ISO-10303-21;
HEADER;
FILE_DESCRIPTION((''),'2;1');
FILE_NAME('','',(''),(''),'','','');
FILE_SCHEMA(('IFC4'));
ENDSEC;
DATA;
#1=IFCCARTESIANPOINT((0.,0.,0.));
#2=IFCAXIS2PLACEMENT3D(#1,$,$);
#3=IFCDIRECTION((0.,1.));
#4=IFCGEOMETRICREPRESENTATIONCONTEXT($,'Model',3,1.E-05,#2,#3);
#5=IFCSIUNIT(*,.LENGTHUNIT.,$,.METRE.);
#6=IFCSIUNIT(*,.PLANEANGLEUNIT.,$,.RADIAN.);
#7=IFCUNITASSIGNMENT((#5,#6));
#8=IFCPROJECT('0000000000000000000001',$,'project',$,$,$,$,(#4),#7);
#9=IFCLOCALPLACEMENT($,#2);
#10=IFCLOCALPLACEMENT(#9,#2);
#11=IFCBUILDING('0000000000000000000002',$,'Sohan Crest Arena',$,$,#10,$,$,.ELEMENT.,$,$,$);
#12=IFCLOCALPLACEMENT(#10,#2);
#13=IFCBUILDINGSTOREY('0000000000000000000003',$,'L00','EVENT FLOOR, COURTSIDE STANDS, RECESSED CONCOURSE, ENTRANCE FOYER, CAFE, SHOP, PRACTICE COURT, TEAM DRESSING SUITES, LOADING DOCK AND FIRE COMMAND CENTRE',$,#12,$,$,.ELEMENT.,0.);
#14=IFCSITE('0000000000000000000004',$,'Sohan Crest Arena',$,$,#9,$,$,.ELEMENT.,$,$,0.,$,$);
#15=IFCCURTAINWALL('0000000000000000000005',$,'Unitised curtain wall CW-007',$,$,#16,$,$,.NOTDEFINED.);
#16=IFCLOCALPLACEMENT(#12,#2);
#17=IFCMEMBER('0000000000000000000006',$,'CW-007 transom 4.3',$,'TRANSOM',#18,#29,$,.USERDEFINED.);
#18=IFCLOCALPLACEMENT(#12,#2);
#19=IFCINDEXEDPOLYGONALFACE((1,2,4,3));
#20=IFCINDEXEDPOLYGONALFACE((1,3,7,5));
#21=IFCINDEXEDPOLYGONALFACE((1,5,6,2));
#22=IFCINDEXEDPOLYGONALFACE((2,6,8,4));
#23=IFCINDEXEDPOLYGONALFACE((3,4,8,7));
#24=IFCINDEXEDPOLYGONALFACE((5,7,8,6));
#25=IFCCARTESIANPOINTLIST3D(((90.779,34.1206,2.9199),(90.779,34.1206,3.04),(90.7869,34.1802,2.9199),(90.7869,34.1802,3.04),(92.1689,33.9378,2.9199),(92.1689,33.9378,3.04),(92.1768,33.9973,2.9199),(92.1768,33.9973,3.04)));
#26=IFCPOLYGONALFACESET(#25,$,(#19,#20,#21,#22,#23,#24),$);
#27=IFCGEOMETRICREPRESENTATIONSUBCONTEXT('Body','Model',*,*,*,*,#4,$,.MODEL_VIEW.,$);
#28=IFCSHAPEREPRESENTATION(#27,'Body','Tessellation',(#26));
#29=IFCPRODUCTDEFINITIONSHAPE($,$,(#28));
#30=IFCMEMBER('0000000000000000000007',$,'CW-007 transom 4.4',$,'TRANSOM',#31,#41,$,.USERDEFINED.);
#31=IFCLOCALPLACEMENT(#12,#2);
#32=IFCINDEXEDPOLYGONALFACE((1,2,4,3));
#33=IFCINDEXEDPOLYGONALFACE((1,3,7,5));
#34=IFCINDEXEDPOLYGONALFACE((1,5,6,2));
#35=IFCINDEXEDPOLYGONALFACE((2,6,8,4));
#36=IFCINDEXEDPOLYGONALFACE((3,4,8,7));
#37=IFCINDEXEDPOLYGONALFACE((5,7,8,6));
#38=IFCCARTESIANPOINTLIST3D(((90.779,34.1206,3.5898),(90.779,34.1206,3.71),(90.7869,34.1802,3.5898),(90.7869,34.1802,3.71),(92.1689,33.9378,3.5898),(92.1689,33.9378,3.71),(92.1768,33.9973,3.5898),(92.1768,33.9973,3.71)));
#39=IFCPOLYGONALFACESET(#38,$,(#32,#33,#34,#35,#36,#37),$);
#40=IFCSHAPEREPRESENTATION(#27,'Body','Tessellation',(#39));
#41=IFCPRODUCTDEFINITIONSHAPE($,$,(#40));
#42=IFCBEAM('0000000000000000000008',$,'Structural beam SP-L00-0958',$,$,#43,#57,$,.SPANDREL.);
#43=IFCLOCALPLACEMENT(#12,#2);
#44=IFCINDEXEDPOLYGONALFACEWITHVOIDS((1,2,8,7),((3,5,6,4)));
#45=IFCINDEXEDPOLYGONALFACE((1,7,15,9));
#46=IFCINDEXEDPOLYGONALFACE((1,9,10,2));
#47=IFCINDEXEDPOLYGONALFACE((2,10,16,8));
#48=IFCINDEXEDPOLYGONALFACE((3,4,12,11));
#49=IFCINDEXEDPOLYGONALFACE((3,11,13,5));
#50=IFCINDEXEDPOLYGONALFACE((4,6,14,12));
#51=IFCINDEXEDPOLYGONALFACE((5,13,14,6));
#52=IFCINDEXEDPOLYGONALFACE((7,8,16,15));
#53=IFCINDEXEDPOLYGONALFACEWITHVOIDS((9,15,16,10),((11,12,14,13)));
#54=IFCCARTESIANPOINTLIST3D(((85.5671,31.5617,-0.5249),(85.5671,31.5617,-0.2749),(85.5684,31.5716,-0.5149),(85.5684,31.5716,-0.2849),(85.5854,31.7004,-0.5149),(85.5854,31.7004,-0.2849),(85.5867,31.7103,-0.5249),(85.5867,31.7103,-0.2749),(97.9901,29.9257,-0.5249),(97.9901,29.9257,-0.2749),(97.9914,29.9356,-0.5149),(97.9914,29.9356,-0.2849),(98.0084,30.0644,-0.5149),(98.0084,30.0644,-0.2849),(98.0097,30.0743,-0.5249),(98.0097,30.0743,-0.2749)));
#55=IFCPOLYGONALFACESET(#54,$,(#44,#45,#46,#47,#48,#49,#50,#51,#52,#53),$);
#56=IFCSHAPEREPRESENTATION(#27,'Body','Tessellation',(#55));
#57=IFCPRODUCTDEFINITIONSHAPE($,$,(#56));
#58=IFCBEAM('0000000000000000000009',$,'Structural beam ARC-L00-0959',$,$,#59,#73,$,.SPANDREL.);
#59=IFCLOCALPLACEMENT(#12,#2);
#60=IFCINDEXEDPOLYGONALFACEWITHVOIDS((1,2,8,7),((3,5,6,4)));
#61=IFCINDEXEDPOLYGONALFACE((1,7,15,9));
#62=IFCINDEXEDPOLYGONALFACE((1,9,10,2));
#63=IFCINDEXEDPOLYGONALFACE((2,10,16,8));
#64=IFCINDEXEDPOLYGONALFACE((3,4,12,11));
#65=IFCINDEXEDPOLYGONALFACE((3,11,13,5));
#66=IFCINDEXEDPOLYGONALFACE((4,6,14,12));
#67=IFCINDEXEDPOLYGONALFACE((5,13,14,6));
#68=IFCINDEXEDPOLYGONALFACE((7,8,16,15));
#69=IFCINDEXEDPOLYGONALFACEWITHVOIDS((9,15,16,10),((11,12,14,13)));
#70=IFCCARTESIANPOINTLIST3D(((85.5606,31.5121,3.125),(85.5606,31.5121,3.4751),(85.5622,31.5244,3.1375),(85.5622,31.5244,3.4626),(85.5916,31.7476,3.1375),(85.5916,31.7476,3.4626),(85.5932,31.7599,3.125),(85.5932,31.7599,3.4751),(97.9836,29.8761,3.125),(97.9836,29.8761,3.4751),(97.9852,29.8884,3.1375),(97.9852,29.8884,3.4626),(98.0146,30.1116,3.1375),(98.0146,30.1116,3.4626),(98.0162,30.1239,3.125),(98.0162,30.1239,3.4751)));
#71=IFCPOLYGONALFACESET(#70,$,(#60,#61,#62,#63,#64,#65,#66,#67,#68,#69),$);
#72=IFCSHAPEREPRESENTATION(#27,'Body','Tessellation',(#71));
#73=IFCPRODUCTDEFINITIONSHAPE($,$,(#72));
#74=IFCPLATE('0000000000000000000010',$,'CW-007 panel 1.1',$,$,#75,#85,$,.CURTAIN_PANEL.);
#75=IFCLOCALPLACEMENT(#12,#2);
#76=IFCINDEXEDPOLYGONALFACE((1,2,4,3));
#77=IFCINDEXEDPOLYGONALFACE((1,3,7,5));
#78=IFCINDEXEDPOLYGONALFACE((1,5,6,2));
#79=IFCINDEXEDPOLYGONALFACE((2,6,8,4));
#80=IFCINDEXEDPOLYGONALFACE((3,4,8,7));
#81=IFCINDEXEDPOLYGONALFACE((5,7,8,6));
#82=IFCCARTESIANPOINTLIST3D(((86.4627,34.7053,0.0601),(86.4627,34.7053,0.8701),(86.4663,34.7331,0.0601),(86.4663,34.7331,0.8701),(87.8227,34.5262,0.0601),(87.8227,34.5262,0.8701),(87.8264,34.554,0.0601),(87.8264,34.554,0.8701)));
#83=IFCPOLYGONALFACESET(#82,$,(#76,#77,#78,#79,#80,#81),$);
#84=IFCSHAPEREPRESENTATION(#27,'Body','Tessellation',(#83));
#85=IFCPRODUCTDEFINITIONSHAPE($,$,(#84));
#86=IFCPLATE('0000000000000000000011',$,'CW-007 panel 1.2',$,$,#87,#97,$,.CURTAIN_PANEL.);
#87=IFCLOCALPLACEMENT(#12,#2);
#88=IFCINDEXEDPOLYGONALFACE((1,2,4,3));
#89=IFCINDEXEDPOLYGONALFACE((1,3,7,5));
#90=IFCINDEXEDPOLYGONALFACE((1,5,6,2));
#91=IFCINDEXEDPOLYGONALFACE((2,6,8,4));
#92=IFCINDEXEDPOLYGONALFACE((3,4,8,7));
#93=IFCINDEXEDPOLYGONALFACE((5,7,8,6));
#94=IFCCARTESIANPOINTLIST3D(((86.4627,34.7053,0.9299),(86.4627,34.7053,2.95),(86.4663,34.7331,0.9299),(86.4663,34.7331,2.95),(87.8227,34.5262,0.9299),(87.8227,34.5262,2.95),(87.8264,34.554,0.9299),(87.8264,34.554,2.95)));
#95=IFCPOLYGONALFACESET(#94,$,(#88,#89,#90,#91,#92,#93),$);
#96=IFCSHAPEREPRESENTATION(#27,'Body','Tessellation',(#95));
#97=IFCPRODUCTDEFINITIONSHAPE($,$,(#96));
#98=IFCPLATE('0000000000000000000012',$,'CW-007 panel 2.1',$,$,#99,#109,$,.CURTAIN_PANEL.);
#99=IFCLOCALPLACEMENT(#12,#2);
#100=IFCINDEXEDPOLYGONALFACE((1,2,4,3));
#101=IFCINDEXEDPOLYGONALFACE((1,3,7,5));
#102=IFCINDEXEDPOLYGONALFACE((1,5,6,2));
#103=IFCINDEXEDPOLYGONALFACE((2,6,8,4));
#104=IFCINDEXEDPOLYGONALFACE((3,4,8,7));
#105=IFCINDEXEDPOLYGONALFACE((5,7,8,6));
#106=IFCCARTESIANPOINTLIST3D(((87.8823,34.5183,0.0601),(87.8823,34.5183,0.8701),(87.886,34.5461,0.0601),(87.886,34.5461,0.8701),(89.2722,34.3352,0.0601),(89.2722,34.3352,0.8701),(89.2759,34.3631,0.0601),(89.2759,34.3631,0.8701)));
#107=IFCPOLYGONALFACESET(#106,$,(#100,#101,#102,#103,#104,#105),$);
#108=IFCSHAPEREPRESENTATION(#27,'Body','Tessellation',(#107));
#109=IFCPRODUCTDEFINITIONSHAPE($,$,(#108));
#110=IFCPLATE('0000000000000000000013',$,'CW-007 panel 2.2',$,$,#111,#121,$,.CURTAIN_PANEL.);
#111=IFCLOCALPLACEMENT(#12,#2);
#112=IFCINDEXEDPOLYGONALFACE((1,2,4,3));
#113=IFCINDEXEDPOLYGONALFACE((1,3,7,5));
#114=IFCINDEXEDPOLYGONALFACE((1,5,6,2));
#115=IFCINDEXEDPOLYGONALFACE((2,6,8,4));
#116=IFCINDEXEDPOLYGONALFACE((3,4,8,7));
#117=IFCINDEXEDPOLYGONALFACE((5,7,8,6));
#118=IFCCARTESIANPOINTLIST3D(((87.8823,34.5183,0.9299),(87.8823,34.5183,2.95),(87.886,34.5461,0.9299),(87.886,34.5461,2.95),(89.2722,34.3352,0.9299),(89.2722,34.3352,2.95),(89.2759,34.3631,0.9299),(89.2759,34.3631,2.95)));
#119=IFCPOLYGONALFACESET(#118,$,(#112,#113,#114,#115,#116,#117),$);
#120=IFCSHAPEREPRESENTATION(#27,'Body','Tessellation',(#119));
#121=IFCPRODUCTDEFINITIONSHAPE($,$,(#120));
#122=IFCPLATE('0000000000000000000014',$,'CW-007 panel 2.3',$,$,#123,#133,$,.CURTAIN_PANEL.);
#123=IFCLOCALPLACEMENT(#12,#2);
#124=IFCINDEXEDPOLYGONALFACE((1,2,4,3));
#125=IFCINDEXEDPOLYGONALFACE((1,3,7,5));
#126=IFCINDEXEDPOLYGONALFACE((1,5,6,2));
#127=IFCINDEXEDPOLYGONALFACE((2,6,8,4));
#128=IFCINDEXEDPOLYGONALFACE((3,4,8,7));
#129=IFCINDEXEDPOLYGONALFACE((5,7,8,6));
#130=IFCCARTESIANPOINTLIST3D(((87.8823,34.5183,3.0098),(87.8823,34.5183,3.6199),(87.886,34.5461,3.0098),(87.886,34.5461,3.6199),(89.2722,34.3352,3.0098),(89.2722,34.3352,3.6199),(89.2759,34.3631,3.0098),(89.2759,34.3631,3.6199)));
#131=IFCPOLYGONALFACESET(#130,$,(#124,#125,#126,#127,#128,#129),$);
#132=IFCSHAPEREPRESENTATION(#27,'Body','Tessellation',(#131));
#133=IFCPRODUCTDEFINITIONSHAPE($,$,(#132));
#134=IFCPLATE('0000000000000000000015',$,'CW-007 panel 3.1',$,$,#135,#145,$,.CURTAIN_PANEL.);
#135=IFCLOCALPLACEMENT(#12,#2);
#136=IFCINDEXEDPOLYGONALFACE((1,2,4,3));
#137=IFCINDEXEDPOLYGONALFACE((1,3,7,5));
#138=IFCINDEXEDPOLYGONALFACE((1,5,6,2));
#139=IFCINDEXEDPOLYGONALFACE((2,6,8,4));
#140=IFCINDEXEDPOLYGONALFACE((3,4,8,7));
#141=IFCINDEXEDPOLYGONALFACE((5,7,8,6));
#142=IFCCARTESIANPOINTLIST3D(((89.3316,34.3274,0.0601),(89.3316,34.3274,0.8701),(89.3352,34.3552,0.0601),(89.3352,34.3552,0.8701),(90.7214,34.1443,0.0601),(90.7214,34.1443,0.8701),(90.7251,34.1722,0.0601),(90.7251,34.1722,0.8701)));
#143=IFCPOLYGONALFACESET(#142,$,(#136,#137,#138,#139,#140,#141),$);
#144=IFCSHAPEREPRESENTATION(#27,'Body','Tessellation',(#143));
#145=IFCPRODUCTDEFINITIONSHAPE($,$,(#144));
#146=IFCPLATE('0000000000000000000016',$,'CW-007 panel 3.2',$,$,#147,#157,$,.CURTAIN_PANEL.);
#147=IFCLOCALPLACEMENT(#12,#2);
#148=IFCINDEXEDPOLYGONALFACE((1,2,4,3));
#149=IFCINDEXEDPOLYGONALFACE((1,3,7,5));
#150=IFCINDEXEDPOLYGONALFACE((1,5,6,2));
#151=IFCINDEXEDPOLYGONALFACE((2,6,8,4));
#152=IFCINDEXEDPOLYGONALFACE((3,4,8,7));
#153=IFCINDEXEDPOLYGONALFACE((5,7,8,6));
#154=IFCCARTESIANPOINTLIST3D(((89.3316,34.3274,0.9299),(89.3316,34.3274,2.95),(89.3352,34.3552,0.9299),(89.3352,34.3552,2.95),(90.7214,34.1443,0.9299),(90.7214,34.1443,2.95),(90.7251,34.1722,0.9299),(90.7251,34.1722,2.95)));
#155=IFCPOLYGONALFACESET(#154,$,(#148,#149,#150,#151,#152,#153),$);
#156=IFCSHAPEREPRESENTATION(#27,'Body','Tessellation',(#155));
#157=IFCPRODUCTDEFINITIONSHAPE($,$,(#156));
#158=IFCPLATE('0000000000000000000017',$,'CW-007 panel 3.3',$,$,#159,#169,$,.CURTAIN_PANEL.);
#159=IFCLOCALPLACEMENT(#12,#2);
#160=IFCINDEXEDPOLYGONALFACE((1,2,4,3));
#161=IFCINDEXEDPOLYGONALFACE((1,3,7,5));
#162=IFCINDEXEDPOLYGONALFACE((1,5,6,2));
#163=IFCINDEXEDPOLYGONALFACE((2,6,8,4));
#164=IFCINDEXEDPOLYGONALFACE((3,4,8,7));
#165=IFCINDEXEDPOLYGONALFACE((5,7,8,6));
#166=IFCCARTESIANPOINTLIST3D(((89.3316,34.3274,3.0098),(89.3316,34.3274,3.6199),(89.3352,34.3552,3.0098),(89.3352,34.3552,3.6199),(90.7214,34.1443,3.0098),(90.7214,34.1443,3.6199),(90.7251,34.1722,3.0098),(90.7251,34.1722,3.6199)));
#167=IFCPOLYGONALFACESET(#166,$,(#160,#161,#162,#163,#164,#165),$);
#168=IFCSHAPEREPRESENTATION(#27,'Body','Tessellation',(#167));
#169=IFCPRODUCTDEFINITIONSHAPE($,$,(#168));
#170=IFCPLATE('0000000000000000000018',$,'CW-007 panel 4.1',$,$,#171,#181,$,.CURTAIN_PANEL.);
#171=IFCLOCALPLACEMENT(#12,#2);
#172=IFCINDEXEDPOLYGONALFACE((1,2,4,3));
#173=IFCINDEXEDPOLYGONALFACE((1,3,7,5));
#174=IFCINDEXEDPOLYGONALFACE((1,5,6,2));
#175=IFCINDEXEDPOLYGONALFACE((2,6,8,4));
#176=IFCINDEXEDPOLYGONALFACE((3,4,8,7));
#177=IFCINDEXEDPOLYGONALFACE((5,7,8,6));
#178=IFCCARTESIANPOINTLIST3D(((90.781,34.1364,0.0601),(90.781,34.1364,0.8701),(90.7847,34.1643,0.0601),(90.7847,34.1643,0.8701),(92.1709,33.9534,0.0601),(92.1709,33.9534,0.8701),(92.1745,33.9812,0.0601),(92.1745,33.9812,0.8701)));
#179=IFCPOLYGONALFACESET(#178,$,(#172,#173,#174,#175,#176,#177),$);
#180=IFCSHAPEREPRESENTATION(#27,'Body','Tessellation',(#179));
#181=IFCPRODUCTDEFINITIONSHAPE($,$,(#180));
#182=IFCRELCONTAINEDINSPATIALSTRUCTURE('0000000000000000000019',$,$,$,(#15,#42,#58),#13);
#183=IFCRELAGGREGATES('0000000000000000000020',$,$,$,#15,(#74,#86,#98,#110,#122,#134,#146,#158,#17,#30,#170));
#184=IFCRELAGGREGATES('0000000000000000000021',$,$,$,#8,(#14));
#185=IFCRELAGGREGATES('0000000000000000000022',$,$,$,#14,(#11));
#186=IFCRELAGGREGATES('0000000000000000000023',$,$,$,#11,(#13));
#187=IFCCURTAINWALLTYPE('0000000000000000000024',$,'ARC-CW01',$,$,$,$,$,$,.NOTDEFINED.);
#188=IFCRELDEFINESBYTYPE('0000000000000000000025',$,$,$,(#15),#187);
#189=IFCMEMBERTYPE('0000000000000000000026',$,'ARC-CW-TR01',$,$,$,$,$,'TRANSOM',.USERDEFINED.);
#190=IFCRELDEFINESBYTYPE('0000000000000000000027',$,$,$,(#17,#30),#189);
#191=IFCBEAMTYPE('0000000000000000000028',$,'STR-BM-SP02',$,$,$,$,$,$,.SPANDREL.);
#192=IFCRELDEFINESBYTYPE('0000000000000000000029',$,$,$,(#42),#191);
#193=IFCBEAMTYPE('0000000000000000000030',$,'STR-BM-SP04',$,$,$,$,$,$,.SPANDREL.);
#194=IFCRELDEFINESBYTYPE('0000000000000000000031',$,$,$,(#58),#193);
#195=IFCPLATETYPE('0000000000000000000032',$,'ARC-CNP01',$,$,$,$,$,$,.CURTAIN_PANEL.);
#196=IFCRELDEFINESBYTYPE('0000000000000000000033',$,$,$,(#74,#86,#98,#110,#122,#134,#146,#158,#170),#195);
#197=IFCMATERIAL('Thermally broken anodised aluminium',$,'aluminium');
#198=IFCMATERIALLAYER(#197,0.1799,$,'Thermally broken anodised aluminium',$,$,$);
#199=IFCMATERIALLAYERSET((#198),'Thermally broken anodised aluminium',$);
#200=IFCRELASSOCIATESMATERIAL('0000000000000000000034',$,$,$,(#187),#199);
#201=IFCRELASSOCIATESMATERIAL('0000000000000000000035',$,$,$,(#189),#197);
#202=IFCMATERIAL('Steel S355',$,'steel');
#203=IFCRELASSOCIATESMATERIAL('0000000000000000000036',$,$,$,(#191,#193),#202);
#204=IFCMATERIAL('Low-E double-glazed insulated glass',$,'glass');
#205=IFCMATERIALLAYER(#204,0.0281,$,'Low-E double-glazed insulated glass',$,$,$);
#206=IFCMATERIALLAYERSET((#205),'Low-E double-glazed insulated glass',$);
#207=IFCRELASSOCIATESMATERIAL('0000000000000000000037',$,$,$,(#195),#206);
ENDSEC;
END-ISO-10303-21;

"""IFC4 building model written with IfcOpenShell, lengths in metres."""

from ifc_helpers import new_model, si_unit, direction, frame, origin, origin_2d, place, context, subcontext, project, spatial, rectangle, hollow_rectangle, extrude, material, layer, layer_set, material_profile, profile_set, type_object, element, aggregate, save


model = new_model("IFC4")

# Units and contexts
model_context = context("Model", 3, precision=1e-05, world=origin(), true_north=direction((0.0, 1.0)))
body_context = subcontext(model_context, "Body", "Model", "MODEL_VIEW")
ifc_project = project(units=[si_unit("LENGTHUNIT", "METRE"), si_unit("PLANEANGLEUNIT", "RADIAN")], contexts=[model_context])

# Site, building, storey
site_placement = place(None, origin())
site = spatial("IfcSite", under=ifc_project, at=site_placement, Name="Sohan Crest Arena", CompositionType="ELEMENT", RefElevation=0.0)
building_placement = place(site_placement, origin())
building = spatial("IfcBuilding", under=site, at=building_placement, Name="Sohan Crest Arena", CompositionType="ELEMENT")
storey_placement = place(building_placement, origin())
storey = spatial("IfcBuildingStorey", under=building, at=storey_placement, Name="L00", Description="EVENT FLOOR, COURTSIDE STANDS, RECESSED CONCOURSE, ENTRANCE FOYER, CAFE, SHOP, PRACTICE COURT, TEAM DRESSING SUITES, LOADING DOCK AND FIRE COMMAND CENTRE", CompositionType="ELEMENT", Elevation=0.0)

# Curtain wall, members
ifc_material_1 = material(Name="Thermally broken anodised aluminium", Category="aluminium")
ifc_layer_1 = layer(ifc_material_1, 0.1799, Name="Thermally broken anodised aluminium")
ifc_layer_set_1 = layer_set([ifc_layer_1], Name="Thermally broken anodised aluminium")
curtain_wall_type = type_object("IfcCurtainWallType", Name="ARC-CW01", PredefinedType="NOTDEFINED", material=ifc_layer_set_1)
curtain_wall_placement = place(storey_placement, origin())
curtain_wall = element("IfcCurtainWall", 1, at=curtain_wall_placement, inside=storey, type_object=curtain_wall_type, Name="Unitised curtain wall CW-007", PredefinedType="NOTDEFINED")
ifc_material_profile_1 = material_profile(ifc_material_1, rectangle(XDim=0.0601, YDim=0.1201, at=origin_2d()), Name="ALU-TRAN 60x120")
ifc_profile_set_1 = profile_set([ifc_material_profile_1], Name="Thermally broken anodised aluminium")
member_type_1 = type_object("IfcMemberType", Name="ARC-CW-TR01", ElementType="TRANSOM", PredefinedType="USERDEFINED", material=ifc_profile_set_1)
member_1_placement = place(storey_placement, frame((90.783, 34.1504, 2.98), z_axis=(0.991456, -0.130441, 0.0), x_axis=(0.130441, 0.991456, 0.0)))
member_1 = element("IfcMember", 2, at=member_1_placement, type_object=member_type_1, Name="CW-007 transom 4.3", ObjectType="TRANSOM", PredefinedType="USERDEFINED", context=body_context, shape_type="SweptSolid", body=[
    extrude(rectangle(XDim=0.0601, YDim=0.1201, at=origin_2d()), origin(), (0.0, 0.0, 1.0), 1.4019),
])
member_2_placement = place(storey_placement, frame((90.783, 34.1504, 3.6499), z_axis=(0.991456, -0.130441, 0.0), x_axis=(0.130441, 0.991456, 0.0)))
member_2 = element("IfcMember", 3, at=member_2_placement, type_object=member_type_1, Name="CW-007 transom 4.4", ObjectType="TRANSOM", PredefinedType="USERDEFINED", context=body_context, shape_type="SweptSolid", body=[
    extrude(rectangle(XDim=0.0601, YDim=0.1201, at=origin_2d()), origin(), (0.0, 0.0, 1.0), 1.4019),
])

# Beams
ifc_material_2 = material(Name="Steel S355", Category="steel")
ifc_material_profile_2 = material_profile(ifc_material_2, hollow_rectangle(XDim=0.1499, YDim=0.25, WallThickness=0.01, at=origin_2d()), Name="RHS 250x150x10")
ifc_profile_set_2 = profile_set([ifc_material_profile_2], Name="Steel S355")
beam_type_1 = type_object("IfcBeamType", Name="STR-BM-SP02", PredefinedType="SPANDREL", material=ifc_profile_set_2)
beam_1_placement = place(storey_placement, frame((85.5769, 31.636, -0.3999), z_axis=(0.99144, -0.130562, 0.0), x_axis=(0.130562, 0.99144, 0.0)))
element("IfcBeam", 4, at=beam_1_placement, inside=storey, type_object=beam_type_1, Name="Structural beam SP-L00-0958", PredefinedType="SPANDREL", context=body_context, shape_type="SweptSolid", body=[
    extrude(hollow_rectangle(XDim=0.1499, YDim=0.25, WallThickness=0.01, at=origin_2d()), origin(), (0.0, 0.0, 1.0), 12.5303),
])
ifc_material_profile_3 = material_profile(ifc_material_2, hollow_rectangle(XDim=0.25, YDim=0.3501, WallThickness=0.0125, at=origin_2d()), Name="RHS 350x250x12.5")
ifc_profile_set_3 = profile_set([ifc_material_profile_3], Name="Steel S355")
beam_type_2 = type_object("IfcBeamType", Name="STR-BM-SP04", PredefinedType="SPANDREL", material=ifc_profile_set_3)
beam_2_placement = place(storey_placement, frame((85.5769, 31.636, 3.3), z_axis=(0.99144, -0.130562, 0.0), x_axis=(0.130562, 0.99144, 0.0)))
element("IfcBeam", 5, at=beam_2_placement, inside=storey, type_object=beam_type_2, Name="Structural beam ARC-L00-0959", PredefinedType="SPANDREL", context=body_context, shape_type="SweptSolid", body=[
    extrude(hollow_rectangle(XDim=0.25, YDim=0.3501, WallThickness=0.0125, at=origin_2d()), origin(), (0.0, 0.0, 1.0), 12.5303),
])

# Plates
ifc_material_3 = material(Name="Low-E double-glazed insulated glass", Category="glass")
ifc_layer_2 = layer(ifc_material_3, 0.0281, Name="Low-E double-glazed insulated glass")
ifc_layer_set_2 = layer_set([ifc_layer_2], Name="Low-E double-glazed insulated glass")
plate_type = type_object("IfcPlateType", Name="ARC-CNP01", PredefinedType="CURTAIN_PANEL", material=ifc_layer_set_2)
plate_1_placement = place(storey_placement, frame((87.1445, 34.6296, 0.0601), z_axis=(0.0, 0.0, 1.0), x_axis=(0.991439, -0.130567, 0.0)))
plate_1 = element("IfcPlate", 6, at=plate_1_placement, type_object=plate_type, Name="CW-007 panel 1.1", PredefinedType="CURTAIN_PANEL", context=body_context, shape_type="SweptSolid", body=[
    extrude(rectangle(XDim=1.3718, YDim=0.0281, at=origin_2d()), origin(), (0.0, 0.0, 1.0), 0.8101),
])
plate_2_placement = place(storey_placement, frame((87.1445, 34.6296, 0.9299), z_axis=(0.0, 0.0, 1.0), x_axis=(0.991439, -0.130567, 0.0)))
plate_2 = element("IfcPlate", 7, at=plate_2_placement, type_object=plate_type, Name="CW-007 panel 1.2", PredefinedType="CURTAIN_PANEL", context=body_context, shape_type="SweptSolid", body=[
    extrude(rectangle(XDim=1.3718, YDim=0.0281, at=origin_2d()), origin(), (0.0, 0.0, 1.0), 2.02),
])
plate_3_placement = place(storey_placement, frame((88.5791, 34.4407, 0.0601), z_axis=(0.0, 0.0, 1.0), x_axis=(0.991439, -0.130567, 0.0)))
plate_3 = element("IfcPlate", 8, at=plate_3_placement, type_object=plate_type, Name="CW-007 panel 2.1", PredefinedType="CURTAIN_PANEL", context=body_context, shape_type="SweptSolid", body=[
    extrude(rectangle(XDim=1.4019, YDim=0.0281, at=origin_2d()), origin(), (0.0, 0.0, 1.0), 0.8101),
])
plate_4_placement = place(storey_placement, frame((88.5791, 34.4407, 0.9299), z_axis=(0.0, 0.0, 1.0), x_axis=(0.991439, -0.130567, 0.0)))
plate_4 = element("IfcPlate", 9, at=plate_4_placement, type_object=plate_type, Name="CW-007 panel 2.2", PredefinedType="CURTAIN_PANEL", context=body_context, shape_type="SweptSolid", body=[
    extrude(rectangle(XDim=1.4019, YDim=0.0281, at=origin_2d()), origin(), (0.0, 0.0, 1.0), 2.02),
])
plate_5_placement = place(storey_placement, frame((88.5791, 34.4407, 3.0098), z_axis=(0.0, 0.0, 1.0), x_axis=(0.991439, -0.130567, 0.0)))
plate_5 = element("IfcPlate", 10, at=plate_5_placement, type_object=plate_type, Name="CW-007 panel 2.3", PredefinedType="CURTAIN_PANEL", context=body_context, shape_type="SweptSolid", body=[
    extrude(rectangle(XDim=1.4019, YDim=0.0281, at=origin_2d()), origin(), (0.0, 0.0, 1.0), 0.6101),
])
plate_6_placement = place(storey_placement, frame((90.0283, 34.2498, 0.0601), z_axis=(0.0, 0.0, 1.0), x_axis=(0.991439, -0.130567, 0.0)))
plate_6 = element("IfcPlate", 11, at=plate_6_placement, type_object=plate_type, Name="CW-007 panel 3.1", PredefinedType="CURTAIN_PANEL", context=body_context, shape_type="SweptSolid", body=[
    extrude(rectangle(XDim=1.4019, YDim=0.0281, at=origin_2d()), origin(), (0.0, 0.0, 1.0), 0.8101),
])
plate_7_placement = place(storey_placement, frame((90.0283, 34.2498, 0.9299), z_axis=(0.0, 0.0, 1.0), x_axis=(0.991439, -0.130567, 0.0)))
plate_7 = element("IfcPlate", 12, at=plate_7_placement, type_object=plate_type, Name="CW-007 panel 3.2", PredefinedType="CURTAIN_PANEL", context=body_context, shape_type="SweptSolid", body=[
    extrude(rectangle(XDim=1.4019, YDim=0.0281, at=origin_2d()), origin(), (0.0, 0.0, 1.0), 2.02),
])
plate_8_placement = place(storey_placement, frame((90.0283, 34.2498, 3.0098), z_axis=(0.0, 0.0, 1.0), x_axis=(0.991439, -0.130567, 0.0)))
plate_8 = element("IfcPlate", 13, at=plate_8_placement, type_object=plate_type, Name="CW-007 panel 3.3", PredefinedType="CURTAIN_PANEL", context=body_context, shape_type="SweptSolid", body=[
    extrude(rectangle(XDim=1.4019, YDim=0.0281, at=origin_2d()), origin(), (0.0, 0.0, 1.0), 0.6101),
])
plate_9_placement = place(storey_placement, frame((91.4778, 34.0588, 0.0601), z_axis=(0.0, 0.0, 1.0), x_axis=(0.991439, -0.130567, 0.0)))
plate_9 = element("IfcPlate", 14, at=plate_9_placement, type_object=plate_type, Name="CW-007 panel 4.1", PredefinedType="CURTAIN_PANEL", context=body_context, shape_type="SweptSolid", body=[
    extrude(rectangle(XDim=1.4019, YDim=0.0281, at=origin_2d()), origin(), (0.0, 0.0, 1.0), 0.8101),
])
aggregate(curtain_wall, [plate_1, plate_2, plate_3, plate_4, plate_5, plate_6, plate_7, plate_8, member_1, member_2, plate_9])

save(model, "model.ifc")
